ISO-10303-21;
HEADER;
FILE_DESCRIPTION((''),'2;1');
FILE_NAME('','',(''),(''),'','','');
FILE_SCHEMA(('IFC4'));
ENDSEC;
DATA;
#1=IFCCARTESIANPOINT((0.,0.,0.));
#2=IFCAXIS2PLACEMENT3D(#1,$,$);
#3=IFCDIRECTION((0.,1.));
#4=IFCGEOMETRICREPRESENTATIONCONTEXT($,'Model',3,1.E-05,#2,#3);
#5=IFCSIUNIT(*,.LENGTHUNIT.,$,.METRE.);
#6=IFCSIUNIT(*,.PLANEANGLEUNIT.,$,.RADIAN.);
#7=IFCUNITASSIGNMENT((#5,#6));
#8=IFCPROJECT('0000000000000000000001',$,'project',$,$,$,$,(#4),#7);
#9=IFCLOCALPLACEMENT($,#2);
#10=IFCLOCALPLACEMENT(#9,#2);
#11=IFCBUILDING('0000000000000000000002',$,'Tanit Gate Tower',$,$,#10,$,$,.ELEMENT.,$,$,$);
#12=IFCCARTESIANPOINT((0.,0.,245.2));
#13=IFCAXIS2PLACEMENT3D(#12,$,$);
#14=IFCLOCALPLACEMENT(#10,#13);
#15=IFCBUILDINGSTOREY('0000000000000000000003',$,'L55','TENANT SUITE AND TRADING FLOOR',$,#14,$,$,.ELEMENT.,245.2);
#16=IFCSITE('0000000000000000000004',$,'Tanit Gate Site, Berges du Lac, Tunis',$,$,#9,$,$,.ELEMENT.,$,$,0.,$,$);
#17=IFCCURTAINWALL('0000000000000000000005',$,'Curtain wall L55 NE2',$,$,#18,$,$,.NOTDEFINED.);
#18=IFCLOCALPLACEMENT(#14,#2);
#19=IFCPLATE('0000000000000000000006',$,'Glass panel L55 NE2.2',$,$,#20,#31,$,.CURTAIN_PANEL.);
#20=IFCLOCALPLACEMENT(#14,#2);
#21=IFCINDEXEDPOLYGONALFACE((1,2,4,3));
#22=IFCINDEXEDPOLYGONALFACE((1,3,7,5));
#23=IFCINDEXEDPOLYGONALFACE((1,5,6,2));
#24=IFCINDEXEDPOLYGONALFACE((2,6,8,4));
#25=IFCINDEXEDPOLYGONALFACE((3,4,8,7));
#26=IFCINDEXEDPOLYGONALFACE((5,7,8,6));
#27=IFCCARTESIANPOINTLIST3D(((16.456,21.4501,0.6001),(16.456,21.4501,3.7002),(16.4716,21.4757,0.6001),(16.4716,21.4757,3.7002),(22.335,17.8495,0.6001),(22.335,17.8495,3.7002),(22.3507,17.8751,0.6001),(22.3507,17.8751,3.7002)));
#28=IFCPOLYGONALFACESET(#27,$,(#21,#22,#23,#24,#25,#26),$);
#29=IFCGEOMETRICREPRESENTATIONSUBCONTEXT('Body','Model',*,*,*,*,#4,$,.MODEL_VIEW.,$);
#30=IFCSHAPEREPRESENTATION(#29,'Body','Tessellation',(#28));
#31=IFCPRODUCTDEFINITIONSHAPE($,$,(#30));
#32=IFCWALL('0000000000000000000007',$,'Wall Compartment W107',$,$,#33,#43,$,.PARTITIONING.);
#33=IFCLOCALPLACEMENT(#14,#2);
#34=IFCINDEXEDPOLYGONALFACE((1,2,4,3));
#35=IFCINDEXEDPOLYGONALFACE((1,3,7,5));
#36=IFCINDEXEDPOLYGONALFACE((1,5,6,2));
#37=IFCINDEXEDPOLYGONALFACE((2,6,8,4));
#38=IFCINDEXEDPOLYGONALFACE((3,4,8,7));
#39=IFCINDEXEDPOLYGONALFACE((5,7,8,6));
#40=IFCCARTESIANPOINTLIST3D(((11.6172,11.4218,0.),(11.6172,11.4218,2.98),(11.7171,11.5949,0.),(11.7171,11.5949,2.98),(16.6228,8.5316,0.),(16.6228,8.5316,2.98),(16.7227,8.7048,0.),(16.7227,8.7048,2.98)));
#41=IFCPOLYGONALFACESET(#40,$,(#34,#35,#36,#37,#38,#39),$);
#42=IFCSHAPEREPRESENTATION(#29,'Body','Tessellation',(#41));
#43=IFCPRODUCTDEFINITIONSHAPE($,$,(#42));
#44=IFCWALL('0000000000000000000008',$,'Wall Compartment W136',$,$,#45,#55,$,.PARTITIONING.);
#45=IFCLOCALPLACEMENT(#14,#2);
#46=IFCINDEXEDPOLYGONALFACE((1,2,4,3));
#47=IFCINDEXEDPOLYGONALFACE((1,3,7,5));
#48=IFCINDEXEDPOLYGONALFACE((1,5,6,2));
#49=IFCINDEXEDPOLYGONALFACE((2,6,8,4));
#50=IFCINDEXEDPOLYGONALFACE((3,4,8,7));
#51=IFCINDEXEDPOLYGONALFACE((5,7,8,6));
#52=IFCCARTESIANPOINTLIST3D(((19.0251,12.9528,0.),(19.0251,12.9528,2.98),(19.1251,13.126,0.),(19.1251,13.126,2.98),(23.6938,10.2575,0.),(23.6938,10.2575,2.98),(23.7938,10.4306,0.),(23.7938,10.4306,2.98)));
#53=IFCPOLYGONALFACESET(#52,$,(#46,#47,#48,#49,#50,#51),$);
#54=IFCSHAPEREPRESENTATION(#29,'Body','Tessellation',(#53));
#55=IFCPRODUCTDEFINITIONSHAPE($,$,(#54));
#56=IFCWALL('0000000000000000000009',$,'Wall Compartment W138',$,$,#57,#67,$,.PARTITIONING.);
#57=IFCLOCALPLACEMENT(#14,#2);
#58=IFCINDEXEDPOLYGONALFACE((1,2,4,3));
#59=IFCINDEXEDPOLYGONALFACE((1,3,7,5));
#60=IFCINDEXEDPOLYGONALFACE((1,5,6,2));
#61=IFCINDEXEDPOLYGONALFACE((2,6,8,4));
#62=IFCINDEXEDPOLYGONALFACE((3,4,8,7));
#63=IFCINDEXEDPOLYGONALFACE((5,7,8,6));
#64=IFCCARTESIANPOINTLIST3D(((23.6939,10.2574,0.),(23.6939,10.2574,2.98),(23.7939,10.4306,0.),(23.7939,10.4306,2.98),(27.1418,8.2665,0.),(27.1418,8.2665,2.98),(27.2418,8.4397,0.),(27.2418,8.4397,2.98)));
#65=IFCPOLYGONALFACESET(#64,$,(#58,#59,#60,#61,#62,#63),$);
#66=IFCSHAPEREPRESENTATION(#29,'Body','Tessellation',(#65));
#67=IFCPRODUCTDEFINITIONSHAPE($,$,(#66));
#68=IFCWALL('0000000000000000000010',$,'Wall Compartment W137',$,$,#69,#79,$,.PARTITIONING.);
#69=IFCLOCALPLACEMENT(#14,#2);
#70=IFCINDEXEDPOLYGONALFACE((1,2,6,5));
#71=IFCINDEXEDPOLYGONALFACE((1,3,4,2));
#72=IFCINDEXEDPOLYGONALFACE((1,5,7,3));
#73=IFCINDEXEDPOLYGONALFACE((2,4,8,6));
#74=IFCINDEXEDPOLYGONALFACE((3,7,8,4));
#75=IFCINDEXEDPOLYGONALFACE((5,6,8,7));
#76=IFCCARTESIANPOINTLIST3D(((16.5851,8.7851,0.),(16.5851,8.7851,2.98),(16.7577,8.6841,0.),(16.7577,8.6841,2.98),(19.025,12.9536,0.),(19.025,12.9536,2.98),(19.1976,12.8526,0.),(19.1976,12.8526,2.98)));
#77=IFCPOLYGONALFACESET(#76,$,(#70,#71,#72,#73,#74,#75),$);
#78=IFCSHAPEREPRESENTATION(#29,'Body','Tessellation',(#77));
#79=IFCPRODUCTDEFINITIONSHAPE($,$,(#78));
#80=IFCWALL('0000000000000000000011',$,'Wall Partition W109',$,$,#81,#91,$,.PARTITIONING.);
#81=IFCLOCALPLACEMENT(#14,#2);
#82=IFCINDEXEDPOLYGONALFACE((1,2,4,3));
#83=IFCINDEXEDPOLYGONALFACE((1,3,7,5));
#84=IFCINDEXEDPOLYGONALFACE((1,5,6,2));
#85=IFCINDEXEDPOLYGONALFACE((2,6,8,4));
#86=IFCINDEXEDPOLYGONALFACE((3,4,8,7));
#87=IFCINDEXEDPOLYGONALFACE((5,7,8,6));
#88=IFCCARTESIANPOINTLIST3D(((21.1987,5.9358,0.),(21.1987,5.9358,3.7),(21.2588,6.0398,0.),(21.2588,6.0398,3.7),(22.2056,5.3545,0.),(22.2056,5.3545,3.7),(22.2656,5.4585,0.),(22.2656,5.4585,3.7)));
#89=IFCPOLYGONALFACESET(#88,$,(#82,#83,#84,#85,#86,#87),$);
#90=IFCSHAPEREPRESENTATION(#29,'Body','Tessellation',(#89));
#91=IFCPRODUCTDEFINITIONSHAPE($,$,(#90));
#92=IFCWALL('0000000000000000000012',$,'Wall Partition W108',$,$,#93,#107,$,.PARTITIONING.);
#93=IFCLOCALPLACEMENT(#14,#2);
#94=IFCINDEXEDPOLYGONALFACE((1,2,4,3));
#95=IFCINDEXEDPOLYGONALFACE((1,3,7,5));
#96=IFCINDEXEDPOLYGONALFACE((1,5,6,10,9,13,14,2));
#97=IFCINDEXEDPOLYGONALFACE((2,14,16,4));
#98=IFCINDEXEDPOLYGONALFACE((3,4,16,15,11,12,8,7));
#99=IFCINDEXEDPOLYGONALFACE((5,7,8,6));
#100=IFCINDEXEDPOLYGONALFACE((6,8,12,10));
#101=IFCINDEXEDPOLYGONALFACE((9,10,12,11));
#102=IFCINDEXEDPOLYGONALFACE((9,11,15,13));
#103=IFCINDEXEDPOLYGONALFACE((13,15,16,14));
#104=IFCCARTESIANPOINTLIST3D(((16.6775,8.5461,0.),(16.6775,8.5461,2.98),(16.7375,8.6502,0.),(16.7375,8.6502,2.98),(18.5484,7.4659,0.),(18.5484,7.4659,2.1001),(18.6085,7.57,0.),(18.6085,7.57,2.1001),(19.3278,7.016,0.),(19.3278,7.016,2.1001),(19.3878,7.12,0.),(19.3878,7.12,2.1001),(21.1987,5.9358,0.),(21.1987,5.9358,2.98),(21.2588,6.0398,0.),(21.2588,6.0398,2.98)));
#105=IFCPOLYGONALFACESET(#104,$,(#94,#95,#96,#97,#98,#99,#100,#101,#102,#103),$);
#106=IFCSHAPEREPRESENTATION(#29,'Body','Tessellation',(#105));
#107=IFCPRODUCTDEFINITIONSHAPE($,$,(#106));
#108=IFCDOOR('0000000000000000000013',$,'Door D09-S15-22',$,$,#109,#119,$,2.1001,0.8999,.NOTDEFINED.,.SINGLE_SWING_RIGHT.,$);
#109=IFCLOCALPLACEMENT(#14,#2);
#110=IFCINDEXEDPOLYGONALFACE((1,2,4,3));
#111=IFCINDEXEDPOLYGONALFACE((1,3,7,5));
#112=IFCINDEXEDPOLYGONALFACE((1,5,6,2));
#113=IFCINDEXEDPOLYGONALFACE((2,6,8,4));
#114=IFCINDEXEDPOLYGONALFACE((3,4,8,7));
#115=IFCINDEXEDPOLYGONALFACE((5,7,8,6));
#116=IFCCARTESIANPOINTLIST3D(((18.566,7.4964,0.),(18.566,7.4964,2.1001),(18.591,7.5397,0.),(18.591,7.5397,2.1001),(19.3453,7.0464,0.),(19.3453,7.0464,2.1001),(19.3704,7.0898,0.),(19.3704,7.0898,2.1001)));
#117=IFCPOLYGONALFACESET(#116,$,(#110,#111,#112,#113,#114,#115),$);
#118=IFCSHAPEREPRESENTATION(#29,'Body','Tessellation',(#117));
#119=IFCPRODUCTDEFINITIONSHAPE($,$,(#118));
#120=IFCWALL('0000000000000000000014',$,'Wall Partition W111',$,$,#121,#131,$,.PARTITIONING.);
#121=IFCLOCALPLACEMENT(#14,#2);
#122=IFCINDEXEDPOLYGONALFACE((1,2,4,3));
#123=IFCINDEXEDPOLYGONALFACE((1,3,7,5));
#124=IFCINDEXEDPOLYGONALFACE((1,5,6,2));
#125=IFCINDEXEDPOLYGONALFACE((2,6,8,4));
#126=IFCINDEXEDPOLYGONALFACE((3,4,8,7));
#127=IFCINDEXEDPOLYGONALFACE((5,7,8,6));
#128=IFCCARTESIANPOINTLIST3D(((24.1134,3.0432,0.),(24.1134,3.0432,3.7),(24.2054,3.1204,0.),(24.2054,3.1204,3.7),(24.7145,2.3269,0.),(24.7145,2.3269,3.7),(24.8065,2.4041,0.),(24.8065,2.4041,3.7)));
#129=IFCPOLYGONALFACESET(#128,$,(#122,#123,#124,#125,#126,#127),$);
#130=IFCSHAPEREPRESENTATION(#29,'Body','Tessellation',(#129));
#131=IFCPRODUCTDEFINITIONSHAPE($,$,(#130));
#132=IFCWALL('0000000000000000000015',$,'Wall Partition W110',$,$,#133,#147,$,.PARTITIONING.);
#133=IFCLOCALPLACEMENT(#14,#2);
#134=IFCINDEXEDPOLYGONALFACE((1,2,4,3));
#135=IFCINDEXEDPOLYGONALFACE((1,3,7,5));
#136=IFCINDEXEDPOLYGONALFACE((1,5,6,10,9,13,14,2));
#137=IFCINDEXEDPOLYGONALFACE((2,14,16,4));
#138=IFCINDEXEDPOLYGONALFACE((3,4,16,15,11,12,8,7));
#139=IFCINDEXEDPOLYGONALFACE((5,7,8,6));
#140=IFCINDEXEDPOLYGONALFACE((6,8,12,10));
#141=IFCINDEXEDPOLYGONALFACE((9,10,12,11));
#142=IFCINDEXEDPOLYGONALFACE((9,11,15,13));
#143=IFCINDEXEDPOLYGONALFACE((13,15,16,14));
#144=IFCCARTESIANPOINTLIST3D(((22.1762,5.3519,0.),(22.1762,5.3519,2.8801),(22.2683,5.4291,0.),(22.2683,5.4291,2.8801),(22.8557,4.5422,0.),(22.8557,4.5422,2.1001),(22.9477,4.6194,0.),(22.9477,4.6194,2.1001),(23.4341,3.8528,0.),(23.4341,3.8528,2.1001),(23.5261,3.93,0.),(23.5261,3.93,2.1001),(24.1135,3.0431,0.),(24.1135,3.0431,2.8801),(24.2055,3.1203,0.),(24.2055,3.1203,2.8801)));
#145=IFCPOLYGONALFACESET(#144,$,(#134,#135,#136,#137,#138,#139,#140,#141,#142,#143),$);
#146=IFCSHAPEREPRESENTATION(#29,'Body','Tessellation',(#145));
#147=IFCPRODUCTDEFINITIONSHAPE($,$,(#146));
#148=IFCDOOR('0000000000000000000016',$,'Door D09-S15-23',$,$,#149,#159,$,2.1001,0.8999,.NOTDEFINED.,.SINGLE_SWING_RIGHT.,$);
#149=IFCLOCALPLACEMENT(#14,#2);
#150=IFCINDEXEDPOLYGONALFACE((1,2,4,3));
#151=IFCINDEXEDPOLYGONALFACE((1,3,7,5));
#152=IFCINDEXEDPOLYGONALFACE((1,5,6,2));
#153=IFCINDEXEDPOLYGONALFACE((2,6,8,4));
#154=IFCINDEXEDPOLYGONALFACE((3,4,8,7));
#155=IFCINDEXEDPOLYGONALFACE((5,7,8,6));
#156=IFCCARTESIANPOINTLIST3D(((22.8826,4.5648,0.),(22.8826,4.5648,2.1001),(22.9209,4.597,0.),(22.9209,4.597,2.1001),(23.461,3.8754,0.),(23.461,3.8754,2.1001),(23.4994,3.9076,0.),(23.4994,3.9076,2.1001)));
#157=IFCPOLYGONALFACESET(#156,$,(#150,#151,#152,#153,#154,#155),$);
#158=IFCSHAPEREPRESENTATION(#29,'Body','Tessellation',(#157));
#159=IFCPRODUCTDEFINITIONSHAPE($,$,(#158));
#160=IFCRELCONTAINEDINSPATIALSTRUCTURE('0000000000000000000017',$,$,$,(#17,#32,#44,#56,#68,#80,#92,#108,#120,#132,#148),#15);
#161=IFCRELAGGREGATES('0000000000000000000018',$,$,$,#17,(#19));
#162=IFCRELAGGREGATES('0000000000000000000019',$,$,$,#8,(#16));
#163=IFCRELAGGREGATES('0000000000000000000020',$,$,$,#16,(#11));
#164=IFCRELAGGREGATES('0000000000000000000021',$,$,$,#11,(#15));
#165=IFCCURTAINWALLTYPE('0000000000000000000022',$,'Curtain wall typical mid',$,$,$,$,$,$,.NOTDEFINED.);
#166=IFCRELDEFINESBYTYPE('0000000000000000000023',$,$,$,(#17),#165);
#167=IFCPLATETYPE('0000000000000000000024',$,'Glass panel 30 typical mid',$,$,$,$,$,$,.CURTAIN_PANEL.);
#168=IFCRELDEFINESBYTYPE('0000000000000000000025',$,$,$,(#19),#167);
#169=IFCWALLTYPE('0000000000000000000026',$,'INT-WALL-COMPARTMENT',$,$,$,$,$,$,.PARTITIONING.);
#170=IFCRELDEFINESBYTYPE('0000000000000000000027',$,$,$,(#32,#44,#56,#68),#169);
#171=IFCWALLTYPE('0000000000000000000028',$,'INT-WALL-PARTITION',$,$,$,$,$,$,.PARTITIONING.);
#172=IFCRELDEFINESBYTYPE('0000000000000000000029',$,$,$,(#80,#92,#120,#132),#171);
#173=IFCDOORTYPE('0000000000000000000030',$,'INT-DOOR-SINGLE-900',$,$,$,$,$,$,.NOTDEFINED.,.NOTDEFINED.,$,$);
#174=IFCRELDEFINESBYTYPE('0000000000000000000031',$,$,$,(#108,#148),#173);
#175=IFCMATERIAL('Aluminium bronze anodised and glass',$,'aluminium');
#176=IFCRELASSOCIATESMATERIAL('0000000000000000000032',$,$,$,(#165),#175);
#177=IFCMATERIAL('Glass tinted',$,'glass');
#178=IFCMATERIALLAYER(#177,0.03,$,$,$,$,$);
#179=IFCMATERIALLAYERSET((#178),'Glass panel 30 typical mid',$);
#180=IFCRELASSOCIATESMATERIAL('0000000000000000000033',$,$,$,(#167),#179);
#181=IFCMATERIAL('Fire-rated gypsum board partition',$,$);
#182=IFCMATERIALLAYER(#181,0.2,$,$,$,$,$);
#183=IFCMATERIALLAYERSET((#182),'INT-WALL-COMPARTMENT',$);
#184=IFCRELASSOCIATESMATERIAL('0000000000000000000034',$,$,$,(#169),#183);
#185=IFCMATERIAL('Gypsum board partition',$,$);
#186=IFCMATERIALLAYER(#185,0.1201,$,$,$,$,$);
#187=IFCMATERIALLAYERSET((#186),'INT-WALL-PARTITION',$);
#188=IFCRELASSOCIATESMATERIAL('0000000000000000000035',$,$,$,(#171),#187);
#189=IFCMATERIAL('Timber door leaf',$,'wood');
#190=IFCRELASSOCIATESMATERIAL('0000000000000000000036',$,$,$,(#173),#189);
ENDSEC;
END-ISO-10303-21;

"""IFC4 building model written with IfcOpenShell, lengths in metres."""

from ifc_helpers import new_model, si_unit, direction, frame, frame_2d, origin, origin_2d, place, context, subcontext, project, spatial, rectangle, extrude, material, layer, layer_set, type_object, element, fill, aggregate, save


model = new_model("IFC4")

# Units and contexts
model_context = context("Model", 3, precision=1e-05, world=origin(), true_north=direction((0.0, 1.0)))
body_context = subcontext(model_context, "Body", "Model", "MODEL_VIEW")
ifc_project = project(units=[si_unit("LENGTHUNIT", "METRE"), si_unit("PLANEANGLEUNIT", "RADIAN")], contexts=[model_context])

# Site, building, storey
site_placement = place(None, origin())
site = spatial("IfcSite", under=ifc_project, at=site_placement, Name="Tanit Gate Site, Berges du Lac, Tunis", CompositionType="ELEMENT", RefElevation=0.0)
building_placement = place(site_placement, origin())
building = spatial("IfcBuilding", under=site, at=building_placement, Name="Tanit Gate Tower", CompositionType="ELEMENT")
storey_placement = place(building_placement, frame((0.0, 0.0, 245.2)))
storey = spatial("IfcBuildingStorey", under=building, at=storey_placement, Name="L55", Description="TENANT SUITE AND TRADING FLOOR", CompositionType="ELEMENT", Elevation=245.2)

# Curtain wall
ifc_material_1 = material(Name="Aluminium bronze anodised and glass", Category="aluminium")
curtain_wall_type = type_object("IfcCurtainWallType", Name="Curtain wall typical mid", PredefinedType="NOTDEFINED", material=ifc_material_1)
curtain_wall_placement = place(storey_placement, origin())
curtain_wall = element("IfcCurtainWall", 1, at=curtain_wall_placement, inside=storey, type_object=curtain_wall_type, Name="Curtain wall L55 NE2", PredefinedType="NOTDEFINED")

# Plate
ifc_material_2 = material(Name="Glass tinted", Category="glass")
ifc_layer_1 = layer(ifc_material_2, 0.03)
ifc_layer_set_1 = layer_set([ifc_layer_1], Name="Glass panel 30 typical mid")
plate_type = type_object("IfcPlateType", Name="Glass panel 30 typical mid", PredefinedType="CURTAIN_PANEL", material=ifc_layer_set_1)
plate_placement = place(storey_placement, frame((19.4033, 19.6626, 0.6001), z_axis=(0.0, 0.0, 1.0), x_axis=(-0.852772, 0.522283, 0.0)))
plate = element("IfcPlate", 2, at=plate_placement, type_object=plate_type, Name="Glass panel L55 NE2.2", PredefinedType="CURTAIN_PANEL", context=body_context, shape_type="SweptSolid", body=[
    extrude(rectangle(XDim=6.894, YDim=0.03, at=origin_2d()), origin(), (0.0, 0.0, 1.0), 3.1001),
])
aggregate(curtain_wall, [plate])

# Walls
ifc_material_3 = material(Name="Fire-rated gypsum board partition")
ifc_layer_2 = layer(ifc_material_3, 0.2)
ifc_layer_set_2 = layer_set([ifc_layer_2], Name="INT-WALL-COMPARTMENT")
wall_type_1 = type_object("IfcWallType", Name="INT-WALL-COMPARTMENT", PredefinedType="PARTITIONING", material=ifc_layer_set_2)
wall_1_placement = place(storey_placement, frame((16.6729, 8.6182, 0.0), z_axis=(0.0, 0.0, 1.0), x_axis=(-0.866015, 0.500019, 0.0)))
element("IfcWall", 3, at=wall_1_placement, inside=storey, type_object=wall_type_1, Name="Wall Compartment W107", PredefinedType="PARTITIONING", context=body_context, shape_type="SweptSolid", body=[
    extrude(rectangle(XDim=5.78, YDim=0.2, at=frame_2d((2.8901, 0.0))), origin(), (0.0, 0.0, 1.0), 2.98),
])
wall_2_placement = place(storey_placement, frame((19.0752, 13.0393, 0.0), z_axis=(0.0, 0.0, 1.0), x_axis=(0.866039, -0.499977, 0.0)))
element("IfcWall", 4, at=wall_2_placement, inside=storey, type_object=wall_type_1, Name="Wall Compartment W136", PredefinedType="PARTITIONING", context=body_context, shape_type="SweptSolid", body=[
    extrude(rectangle(XDim=5.3909, YDim=0.2, at=frame_2d((2.6953, 0.0))), origin(), (0.0, 0.0, 1.0), 2.98),
])
wall_3_placement = place(storey_placement, frame((23.7439, 10.344, 0.0), z_axis=(0.0, 0.0, 1.0), x_axis=(0.865997, -0.50005, 0.0)))
element("IfcWall", 5, at=wall_3_placement, inside=storey, type_object=wall_type_1, Name="Wall Compartment W138", PredefinedType="PARTITIONING", context=body_context, shape_type="SweptSolid", body=[
    extrude(rectangle(XDim=3.9814, YDim=0.2, at=frame_2d((1.9907, 0.0))), origin(), (0.0, 0.0, 1.0), 2.98),
])
wall_4_placement = place(storey_placement, frame((19.1113, 12.9031, 0.0), z_axis=(0.0, 0.0, 1.0), x_axis=(-0.505159, -0.863026, 0.0)))
element("IfcWall", 6, at=wall_4_placement, inside=storey, type_object=wall_type_1, Name="Wall Compartment W137", PredefinedType="PARTITIONING", context=body_context, shape_type="SweptSolid", body=[
    extrude(rectangle(XDim=4.8301, YDim=0.2, at=frame_2d((2.415, 0.0))), origin(), (0.0, 0.0, 1.0), 2.98),
])
ifc_material_4 = material(Name="Gypsum board partition")
ifc_layer_3 = layer(ifc_material_4, 0.1201)
ifc_layer_set_3 = layer_set([ifc_layer_3], Name="INT-WALL-PARTITION")
wall_type_2 = type_object("IfcWallType", Name="INT-WALL-PARTITION", PredefinedType="PARTITIONING", material=ifc_layer_set_3)
wall_5_placement = place(storey_placement, frame((22.2356, 5.4065, 0.0), z_axis=(0.0, 0.0, 1.0), x_axis=(-0.866025, 0.500001, 0.0)))
element("IfcWall", 7, at=wall_5_placement, inside=storey, type_object=wall_type_2, Name="Wall Partition W109", PredefinedType="PARTITIONING", context=body_context, shape_type="SweptSolid", body=[
    extrude(rectangle(XDim=1.1626, YDim=0.1201, at=frame_2d((0.5813, 0.0))), origin(), (0.0, 0.0, 1.0), 3.7),
])

# Wall, opening, door
wall_6_placement = place(storey_placement, frame((21.2288, 5.9878, 0.0), z_axis=(0.0, 0.0, 1.0), x_axis=(-0.866024, 0.500002, 0.0)))
wall_6 = element("IfcWall", 8, at=wall_6_placement, inside=storey, type_object=wall_type_2, Name="Wall Partition W108", PredefinedType="PARTITIONING", context=body_context, shape_type="SweptSolid", body=[
    extrude(rectangle(XDim=5.2207, YDim=0.1201, at=frame_2d((2.6104, 0.0))), origin(), (0.0, 0.0, 1.0), 2.98),
])
opening_1_placement = place(wall_6_placement, frame((2.1604, 0.0, 0.0)))
opening_1 = element("IfcOpeningElement", 9, at=opening_1_placement, cuts=wall_6, PredefinedType="OPENING", context=body_context, shape_type="SweptSolid", body=[
    extrude(rectangle(XDim=0.8999, YDim=2.1001, at=frame_2d((0.45, 1.05))), frame((0.0, 0.0701, 0.0), z_axis=(0.0, -1.0, 0.0), x_axis=(1.0, 0.0, 0.0)), (0.0, 0.0, 1.0), 0.1401),
])
ifc_material_5 = material(Name="Timber door leaf", Category="wood")
door_type_1 = type_object("IfcDoorType", Name="INT-DOOR-SINGLE-900", OperationType="NOTDEFINED", PredefinedType="NOTDEFINED", material=ifc_material_5)
door_1_placement = place(opening_1_placement, origin())
door_1 = element("IfcDoor", 10, at=door_1_placement, inside=storey, type_object=door_type_1, Name="Door D09-S15-22", OperationType="SINGLE_SWING_RIGHT", OverallHeight=2.1001, OverallWidth=0.8999, PredefinedType="NOTDEFINED", context=body_context, shape_type="SweptSolid", body=[
    extrude(rectangle(XDim=0.8999, YDim=2.1001, at=frame_2d((0.45, 1.05))), frame((0.0, 0.0249, 0.0), z_axis=(0.0, -1.0, 0.0), x_axis=(1.0, 0.0, 0.0)), (0.0, 0.0, 1.0), 0.05),
])
fill(opening_1, door_1)

# Wall
wall_7_placement = place(storey_placement, frame((24.7605, 2.3655, 0.0), z_axis=(0.0, 0.0, 1.0), x_axis=(-0.6428, 0.766034, 0.0)))
element("IfcWall", 11, at=wall_7_placement, inside=storey, type_object=wall_type_2, Name="Wall Partition W111", PredefinedType="PARTITIONING", context=body_context, shape_type="SweptSolid", body=[
    extrude(rectangle(XDim=0.9351, YDim=0.1201, at=frame_2d((0.4675, 0.0))), origin(), (0.0, 0.0, 1.0), 3.7),
])

# Wall, opening, door
wall_8_placement = place(storey_placement, frame((24.1594, 3.0818, 0.0), z_axis=(0.0, 0.0, 1.0), x_axis=(-0.64277, 0.766059, 0.0)))
wall_8 = element("IfcWall", 12, at=wall_8_placement, inside=storey, type_object=wall_type_2, Name="Wall Partition W110", PredefinedType="PARTITIONING", context=body_context, shape_type="SweptSolid", body=[
    extrude(rectangle(XDim=3.0139, YDim=0.1201, at=frame_2d((1.5068, 0.0))), origin(), (0.0, 0.0, 1.0), 2.8801),
])
opening_2_placement = place(wall_8_placement, frame((1.0569, 0.0, 0.0)))
opening_2 = element("IfcOpeningElement", 13, at=opening_2_placement, cuts=wall_8, PredefinedType="OPENING", context=body_context, shape_type="SweptSolid", body=[
    extrude(rectangle(XDim=0.8999, YDim=2.1001, at=frame_2d((0.45, 1.05))), frame((0.0, 0.0701, 0.0), z_axis=(0.0, -1.0, 0.0), x_axis=(1.0, 0.0, 0.0)), (0.0, 0.0, 1.0), 0.1401),
])
door_2_placement = place(opening_2_placement, origin())
door_2 = element("IfcDoor", 14, at=door_2_placement, inside=storey, type_object=door_type_1, Name="Door D09-S15-23", OperationType="SINGLE_SWING_RIGHT", OverallHeight=2.1001, OverallWidth=0.8999, PredefinedType="NOTDEFINED", context=body_context, shape_type="SweptSolid", body=[
    extrude(rectangle(XDim=0.8999, YDim=2.1001, at=frame_2d((0.45, 1.05))), frame((0.0, 0.0249, 0.0), z_axis=(0.0, -1.0, 0.0), x_axis=(1.0, 0.0, 0.0)), (0.0, 0.0, 1.0), 0.05),
])
fill(opening_2, door_2)

save(model, "model.ifc")
